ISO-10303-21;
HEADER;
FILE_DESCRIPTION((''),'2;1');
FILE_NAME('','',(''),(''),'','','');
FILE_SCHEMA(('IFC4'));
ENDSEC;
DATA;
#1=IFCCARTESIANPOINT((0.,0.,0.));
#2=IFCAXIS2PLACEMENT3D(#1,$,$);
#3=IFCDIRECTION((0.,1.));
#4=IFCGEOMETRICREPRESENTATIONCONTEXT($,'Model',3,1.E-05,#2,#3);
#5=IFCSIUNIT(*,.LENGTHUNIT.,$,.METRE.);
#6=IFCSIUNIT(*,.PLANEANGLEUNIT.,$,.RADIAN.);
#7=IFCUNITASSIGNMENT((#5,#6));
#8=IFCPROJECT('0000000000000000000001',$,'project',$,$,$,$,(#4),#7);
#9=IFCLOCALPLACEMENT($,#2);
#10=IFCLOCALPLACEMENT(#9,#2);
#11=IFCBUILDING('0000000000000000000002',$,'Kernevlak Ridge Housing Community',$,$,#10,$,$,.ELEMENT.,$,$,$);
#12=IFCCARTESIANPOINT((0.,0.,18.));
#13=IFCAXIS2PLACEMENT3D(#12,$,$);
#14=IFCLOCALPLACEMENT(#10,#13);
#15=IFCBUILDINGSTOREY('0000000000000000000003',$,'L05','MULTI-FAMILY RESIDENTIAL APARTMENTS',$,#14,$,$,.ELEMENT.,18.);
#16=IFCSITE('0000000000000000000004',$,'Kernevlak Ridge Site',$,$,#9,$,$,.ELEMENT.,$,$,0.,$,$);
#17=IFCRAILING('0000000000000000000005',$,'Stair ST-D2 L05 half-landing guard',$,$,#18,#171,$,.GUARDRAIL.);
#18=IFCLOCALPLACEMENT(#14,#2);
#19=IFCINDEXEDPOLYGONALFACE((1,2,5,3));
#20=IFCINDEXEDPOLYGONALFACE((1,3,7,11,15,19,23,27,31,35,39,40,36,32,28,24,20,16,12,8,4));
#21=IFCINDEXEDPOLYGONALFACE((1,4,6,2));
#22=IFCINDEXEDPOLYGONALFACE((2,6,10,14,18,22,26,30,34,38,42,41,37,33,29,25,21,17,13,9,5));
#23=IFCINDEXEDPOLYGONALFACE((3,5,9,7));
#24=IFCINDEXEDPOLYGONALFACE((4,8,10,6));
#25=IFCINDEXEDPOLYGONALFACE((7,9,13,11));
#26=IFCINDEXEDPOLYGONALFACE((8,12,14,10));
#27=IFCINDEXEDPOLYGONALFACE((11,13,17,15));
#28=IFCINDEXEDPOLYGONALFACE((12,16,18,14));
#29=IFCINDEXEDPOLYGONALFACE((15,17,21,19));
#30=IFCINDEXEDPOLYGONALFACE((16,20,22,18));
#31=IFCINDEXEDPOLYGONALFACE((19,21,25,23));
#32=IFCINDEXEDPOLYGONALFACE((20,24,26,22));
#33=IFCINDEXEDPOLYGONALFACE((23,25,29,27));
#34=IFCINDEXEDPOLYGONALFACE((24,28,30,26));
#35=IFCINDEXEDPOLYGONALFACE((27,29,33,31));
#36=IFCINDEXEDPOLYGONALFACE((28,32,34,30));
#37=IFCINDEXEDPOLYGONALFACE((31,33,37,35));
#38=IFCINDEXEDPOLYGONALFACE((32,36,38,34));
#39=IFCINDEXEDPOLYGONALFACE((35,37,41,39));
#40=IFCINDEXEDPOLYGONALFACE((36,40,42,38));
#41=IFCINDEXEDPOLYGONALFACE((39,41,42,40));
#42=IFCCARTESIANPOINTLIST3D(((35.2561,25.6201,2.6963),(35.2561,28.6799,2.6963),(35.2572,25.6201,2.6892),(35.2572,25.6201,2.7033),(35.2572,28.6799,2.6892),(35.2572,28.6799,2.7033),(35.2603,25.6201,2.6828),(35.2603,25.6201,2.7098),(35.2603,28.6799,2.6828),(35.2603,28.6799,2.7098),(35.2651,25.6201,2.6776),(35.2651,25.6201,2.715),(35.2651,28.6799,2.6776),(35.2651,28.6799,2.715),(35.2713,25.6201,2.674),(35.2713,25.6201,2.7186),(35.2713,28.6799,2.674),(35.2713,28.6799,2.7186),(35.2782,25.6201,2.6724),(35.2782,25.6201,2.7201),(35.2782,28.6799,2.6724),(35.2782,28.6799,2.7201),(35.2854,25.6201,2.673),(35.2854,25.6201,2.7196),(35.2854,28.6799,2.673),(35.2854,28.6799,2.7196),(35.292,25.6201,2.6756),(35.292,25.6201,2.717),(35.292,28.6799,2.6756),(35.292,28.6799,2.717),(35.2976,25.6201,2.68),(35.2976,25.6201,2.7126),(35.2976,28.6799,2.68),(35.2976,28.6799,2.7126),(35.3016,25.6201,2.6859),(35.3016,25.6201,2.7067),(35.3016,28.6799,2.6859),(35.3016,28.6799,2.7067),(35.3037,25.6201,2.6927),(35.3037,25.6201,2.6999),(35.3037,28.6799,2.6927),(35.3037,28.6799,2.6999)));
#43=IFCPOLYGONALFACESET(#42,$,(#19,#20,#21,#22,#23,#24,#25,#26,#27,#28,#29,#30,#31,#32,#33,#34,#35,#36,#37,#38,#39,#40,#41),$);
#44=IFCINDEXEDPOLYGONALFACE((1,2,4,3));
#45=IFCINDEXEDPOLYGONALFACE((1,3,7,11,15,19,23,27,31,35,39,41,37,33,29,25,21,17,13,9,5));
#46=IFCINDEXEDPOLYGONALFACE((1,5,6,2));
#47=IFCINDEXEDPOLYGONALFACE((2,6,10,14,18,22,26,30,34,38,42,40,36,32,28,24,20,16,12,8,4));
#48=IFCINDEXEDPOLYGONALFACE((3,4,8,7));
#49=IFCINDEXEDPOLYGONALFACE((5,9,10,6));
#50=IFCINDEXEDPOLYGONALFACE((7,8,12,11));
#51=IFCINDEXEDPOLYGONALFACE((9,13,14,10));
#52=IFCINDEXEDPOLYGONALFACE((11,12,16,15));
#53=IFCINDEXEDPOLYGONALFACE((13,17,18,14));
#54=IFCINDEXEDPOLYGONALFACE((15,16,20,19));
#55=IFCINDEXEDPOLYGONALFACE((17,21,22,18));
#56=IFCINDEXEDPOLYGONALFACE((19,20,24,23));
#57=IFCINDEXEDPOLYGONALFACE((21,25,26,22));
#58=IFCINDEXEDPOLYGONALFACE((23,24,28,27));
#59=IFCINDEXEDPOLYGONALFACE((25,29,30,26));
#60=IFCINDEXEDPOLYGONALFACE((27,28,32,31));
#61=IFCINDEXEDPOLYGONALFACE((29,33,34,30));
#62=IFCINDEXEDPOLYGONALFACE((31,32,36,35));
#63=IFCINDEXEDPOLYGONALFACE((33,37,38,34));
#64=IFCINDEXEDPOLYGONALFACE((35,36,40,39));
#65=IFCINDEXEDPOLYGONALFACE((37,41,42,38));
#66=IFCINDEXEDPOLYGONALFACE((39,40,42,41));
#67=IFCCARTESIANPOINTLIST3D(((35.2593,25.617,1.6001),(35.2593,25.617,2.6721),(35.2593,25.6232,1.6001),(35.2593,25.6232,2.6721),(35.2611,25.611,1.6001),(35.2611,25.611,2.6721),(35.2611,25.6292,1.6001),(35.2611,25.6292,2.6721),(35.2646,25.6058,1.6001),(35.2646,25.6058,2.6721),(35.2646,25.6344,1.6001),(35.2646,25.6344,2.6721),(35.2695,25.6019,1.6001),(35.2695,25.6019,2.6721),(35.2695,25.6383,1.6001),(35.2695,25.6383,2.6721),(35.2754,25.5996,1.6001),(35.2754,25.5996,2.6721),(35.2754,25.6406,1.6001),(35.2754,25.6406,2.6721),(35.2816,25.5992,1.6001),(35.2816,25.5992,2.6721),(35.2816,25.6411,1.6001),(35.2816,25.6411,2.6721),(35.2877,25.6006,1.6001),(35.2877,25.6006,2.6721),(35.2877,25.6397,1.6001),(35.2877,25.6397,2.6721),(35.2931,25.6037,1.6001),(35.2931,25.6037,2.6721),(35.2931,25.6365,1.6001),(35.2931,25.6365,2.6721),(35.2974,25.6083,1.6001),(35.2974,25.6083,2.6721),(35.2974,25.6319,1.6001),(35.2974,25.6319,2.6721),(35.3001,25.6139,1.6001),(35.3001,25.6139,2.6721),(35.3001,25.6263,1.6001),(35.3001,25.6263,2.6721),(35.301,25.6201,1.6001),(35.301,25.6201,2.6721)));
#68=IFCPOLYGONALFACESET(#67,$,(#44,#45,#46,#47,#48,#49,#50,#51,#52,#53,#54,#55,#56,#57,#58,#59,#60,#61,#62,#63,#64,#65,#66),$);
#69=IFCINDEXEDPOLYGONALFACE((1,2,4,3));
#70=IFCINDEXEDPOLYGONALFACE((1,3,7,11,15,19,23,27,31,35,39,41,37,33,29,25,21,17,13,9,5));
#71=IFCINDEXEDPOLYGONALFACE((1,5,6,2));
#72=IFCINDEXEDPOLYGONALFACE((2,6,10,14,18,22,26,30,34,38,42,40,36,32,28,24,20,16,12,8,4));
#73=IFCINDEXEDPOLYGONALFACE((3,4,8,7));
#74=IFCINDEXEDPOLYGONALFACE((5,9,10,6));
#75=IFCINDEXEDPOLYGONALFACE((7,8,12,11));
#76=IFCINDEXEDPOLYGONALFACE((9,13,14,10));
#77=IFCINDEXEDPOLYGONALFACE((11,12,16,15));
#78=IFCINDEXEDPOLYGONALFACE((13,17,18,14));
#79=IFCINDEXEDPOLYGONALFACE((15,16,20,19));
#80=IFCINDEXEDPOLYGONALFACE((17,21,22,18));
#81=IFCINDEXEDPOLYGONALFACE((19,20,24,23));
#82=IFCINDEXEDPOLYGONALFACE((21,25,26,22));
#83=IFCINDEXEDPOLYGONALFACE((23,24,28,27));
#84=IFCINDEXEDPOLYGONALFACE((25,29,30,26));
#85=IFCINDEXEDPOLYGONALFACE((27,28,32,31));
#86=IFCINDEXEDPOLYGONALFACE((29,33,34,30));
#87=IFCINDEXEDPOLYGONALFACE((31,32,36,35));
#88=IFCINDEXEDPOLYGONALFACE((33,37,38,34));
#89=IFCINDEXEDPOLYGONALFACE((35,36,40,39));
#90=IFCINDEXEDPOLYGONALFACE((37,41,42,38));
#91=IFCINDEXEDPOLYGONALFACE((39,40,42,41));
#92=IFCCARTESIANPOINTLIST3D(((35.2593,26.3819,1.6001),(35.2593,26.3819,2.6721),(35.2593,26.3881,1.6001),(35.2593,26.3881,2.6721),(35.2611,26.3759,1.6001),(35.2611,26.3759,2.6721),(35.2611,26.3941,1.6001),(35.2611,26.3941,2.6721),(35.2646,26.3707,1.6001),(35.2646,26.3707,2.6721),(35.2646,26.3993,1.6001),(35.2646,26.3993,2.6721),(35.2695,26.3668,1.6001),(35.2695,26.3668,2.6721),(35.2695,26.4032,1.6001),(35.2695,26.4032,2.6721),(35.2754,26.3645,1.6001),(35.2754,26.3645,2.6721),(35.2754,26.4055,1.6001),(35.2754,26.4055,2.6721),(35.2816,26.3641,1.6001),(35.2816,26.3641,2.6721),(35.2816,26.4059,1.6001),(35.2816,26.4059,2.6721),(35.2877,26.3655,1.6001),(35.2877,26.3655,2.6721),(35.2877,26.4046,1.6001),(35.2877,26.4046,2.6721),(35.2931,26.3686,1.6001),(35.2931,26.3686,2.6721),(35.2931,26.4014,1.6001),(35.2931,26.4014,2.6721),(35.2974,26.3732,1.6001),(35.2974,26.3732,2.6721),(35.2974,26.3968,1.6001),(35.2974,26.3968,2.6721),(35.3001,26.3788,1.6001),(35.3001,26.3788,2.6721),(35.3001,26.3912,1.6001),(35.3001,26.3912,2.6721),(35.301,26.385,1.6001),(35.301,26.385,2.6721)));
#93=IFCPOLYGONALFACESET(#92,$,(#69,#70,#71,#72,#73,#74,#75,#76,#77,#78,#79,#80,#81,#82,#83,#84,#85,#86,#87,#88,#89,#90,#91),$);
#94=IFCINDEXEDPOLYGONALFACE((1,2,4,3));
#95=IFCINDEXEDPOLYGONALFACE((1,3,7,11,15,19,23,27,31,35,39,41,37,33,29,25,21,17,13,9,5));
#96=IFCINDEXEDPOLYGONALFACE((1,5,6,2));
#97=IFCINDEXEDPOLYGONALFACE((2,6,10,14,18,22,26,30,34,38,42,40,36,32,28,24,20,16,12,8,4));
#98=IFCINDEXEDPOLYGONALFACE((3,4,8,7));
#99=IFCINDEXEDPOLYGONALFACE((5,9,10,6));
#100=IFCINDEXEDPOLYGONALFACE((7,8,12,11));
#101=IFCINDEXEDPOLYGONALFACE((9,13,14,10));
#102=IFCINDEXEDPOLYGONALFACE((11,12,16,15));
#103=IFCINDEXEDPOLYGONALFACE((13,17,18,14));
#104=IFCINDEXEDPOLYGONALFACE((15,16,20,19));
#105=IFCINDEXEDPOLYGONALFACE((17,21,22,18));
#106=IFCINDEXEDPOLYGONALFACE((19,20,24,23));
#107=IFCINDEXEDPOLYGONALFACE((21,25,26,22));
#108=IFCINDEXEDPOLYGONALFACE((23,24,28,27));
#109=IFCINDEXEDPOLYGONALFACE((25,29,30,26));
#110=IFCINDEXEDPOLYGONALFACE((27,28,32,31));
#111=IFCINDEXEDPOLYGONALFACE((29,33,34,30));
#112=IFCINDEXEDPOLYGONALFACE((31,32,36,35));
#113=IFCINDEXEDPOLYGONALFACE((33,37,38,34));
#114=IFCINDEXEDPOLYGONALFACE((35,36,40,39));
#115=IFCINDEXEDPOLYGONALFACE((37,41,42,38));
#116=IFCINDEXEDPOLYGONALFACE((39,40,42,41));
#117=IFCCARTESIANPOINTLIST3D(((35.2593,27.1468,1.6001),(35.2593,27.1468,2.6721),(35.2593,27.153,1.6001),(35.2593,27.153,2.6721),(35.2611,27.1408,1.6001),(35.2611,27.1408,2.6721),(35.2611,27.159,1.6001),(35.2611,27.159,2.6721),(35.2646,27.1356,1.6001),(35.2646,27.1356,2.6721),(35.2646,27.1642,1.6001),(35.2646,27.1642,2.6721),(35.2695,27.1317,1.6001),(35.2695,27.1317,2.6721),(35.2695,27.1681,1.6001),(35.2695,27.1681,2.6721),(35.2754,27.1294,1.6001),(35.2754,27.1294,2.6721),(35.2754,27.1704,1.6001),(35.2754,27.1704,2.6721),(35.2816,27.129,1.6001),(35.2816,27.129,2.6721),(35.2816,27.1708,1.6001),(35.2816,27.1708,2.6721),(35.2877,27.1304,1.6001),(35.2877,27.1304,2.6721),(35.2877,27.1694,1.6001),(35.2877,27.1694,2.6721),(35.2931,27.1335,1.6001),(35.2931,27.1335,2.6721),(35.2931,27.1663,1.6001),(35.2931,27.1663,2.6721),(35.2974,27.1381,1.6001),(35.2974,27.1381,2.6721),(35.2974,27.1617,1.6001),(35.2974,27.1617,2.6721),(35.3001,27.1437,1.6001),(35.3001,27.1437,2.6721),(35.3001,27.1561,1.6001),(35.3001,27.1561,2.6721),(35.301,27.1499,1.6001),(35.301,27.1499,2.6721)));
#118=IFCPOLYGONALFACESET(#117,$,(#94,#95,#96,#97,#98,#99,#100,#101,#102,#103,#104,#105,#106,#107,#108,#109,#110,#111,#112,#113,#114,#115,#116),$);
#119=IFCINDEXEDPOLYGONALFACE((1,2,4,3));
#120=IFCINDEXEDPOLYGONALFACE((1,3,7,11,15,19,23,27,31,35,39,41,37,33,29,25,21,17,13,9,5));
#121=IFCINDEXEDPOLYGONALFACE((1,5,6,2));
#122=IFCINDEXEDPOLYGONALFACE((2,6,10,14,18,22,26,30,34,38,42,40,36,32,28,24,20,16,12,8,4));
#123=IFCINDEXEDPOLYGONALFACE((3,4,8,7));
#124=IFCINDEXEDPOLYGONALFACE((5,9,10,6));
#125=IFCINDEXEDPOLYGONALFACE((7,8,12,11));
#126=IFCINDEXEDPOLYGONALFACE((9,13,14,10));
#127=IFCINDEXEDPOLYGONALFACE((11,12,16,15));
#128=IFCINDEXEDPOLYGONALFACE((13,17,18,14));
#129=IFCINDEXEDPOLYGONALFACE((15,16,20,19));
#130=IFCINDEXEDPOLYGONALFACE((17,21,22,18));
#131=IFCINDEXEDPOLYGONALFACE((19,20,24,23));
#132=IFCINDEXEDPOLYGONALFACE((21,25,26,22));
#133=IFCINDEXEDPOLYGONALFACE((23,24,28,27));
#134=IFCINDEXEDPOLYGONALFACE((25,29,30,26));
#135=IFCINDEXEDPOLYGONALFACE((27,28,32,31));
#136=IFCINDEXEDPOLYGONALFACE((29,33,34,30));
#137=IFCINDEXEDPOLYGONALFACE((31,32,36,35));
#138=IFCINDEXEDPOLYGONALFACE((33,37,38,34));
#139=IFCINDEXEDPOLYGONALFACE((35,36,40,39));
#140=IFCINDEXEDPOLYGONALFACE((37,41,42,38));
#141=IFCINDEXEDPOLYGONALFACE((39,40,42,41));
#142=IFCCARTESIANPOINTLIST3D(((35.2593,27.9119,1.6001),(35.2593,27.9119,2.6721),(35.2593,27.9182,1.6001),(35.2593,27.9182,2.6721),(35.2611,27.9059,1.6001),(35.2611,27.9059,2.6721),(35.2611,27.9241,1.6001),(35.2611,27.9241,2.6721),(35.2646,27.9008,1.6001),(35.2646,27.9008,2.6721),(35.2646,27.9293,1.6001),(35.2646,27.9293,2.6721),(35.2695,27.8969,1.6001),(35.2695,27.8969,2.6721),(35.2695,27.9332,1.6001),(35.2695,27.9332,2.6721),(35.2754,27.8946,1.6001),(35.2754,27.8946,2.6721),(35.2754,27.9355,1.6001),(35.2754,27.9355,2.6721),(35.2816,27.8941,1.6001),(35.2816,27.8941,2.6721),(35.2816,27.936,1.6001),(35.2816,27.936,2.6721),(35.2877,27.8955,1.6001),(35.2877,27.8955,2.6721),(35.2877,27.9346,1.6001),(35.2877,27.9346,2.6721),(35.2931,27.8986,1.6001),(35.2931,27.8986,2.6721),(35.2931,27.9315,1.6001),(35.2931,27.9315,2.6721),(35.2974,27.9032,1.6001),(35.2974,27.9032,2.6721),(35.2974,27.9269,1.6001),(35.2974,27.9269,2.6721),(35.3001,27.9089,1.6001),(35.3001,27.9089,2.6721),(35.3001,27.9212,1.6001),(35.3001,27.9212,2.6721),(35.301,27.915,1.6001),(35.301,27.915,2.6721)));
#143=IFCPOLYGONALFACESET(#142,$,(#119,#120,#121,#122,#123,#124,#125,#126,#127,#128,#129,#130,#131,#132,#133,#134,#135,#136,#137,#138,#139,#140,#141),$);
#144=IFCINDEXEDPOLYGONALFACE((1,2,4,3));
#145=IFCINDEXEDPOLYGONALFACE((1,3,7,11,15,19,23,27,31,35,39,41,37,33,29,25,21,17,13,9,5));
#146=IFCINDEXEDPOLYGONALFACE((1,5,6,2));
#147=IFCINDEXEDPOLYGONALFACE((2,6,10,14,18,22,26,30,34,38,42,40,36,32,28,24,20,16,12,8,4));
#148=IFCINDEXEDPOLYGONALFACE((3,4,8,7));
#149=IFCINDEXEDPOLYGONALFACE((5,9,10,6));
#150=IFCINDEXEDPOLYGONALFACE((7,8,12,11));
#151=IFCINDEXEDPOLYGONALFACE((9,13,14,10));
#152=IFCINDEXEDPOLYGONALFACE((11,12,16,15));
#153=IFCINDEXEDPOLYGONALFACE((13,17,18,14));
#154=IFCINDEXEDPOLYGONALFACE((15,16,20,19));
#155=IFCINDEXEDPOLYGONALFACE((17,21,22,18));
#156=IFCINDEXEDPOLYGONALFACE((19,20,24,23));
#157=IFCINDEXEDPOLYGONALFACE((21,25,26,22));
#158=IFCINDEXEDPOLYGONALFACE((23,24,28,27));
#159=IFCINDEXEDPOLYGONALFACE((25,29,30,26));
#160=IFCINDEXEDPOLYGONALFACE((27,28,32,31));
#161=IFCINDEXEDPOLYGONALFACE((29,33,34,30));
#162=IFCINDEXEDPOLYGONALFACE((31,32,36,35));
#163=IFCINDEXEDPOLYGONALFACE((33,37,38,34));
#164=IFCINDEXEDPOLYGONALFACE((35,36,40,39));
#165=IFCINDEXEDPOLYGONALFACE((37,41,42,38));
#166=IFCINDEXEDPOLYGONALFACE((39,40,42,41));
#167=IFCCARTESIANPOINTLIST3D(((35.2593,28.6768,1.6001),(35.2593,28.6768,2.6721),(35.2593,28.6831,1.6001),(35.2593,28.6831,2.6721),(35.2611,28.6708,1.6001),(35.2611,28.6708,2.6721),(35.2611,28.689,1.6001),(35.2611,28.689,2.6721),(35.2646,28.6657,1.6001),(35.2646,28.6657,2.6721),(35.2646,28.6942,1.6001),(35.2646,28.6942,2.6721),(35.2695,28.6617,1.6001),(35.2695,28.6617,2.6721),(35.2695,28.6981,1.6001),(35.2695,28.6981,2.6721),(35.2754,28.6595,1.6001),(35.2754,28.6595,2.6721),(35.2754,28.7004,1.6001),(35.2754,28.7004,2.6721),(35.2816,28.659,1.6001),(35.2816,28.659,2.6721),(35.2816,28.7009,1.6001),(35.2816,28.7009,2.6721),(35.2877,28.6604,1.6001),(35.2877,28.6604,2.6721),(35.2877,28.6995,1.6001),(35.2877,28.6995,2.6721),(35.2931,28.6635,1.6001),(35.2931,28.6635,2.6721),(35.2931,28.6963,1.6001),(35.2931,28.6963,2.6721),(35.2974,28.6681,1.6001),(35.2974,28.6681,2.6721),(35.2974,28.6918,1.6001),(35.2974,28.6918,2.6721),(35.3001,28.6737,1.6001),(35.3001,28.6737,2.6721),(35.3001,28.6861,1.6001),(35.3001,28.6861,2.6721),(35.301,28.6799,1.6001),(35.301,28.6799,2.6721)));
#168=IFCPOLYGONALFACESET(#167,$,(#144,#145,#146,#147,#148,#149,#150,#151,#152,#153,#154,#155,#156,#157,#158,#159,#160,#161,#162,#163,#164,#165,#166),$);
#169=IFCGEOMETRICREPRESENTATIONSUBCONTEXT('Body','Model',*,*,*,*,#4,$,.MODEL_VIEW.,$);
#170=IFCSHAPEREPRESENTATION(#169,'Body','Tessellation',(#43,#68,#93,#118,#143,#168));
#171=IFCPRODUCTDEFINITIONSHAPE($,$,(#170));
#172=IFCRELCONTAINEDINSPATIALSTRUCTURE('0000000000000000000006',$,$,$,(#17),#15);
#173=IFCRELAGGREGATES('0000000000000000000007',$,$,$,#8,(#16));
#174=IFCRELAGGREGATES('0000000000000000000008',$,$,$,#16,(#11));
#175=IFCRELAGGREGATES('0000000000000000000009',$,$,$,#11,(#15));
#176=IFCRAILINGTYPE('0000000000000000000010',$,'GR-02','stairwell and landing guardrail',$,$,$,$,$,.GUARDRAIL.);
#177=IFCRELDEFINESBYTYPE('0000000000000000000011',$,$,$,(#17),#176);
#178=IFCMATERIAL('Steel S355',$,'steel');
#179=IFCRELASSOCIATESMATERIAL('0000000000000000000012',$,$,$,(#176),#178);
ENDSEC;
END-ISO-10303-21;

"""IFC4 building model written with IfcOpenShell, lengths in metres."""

from ifc_helpers import new_model, si_unit, direction, frame, origin, origin_2d, place, context, subcontext, project, spatial, circle, extrude, material, type_object, element, save


model = new_model("IFC4")

# Units and contexts
model_context = context("Model", 3, precision=1e-05, world=origin(), true_north=direction((0.0, 1.0)))
body_context = subcontext(model_context, "Body", "Model", "MODEL_VIEW")
ifc_project = project(units=[si_unit("LENGTHUNIT", "METRE"), si_unit("PLANEANGLEUNIT", "RADIAN")], contexts=[model_context])

# Site, building, storey
site_placement = place(None, origin())
site = spatial("IfcSite", under=ifc_project, at=site_placement, Name="Kernevlak Ridge Site", CompositionType="ELEMENT", RefElevation=0.0)
building_placement = place(site_placement, origin())
building = spatial("IfcBuilding", under=site, at=building_placement, Name="Kernevlak Ridge Housing Community", CompositionType="ELEMENT")
storey_placement = place(building_placement, frame((0.0, 0.0, 18.0)))
storey = spatial("IfcBuildingStorey", under=building, at=storey_placement, Name="L05", Description="MULTI-FAMILY RESIDENTIAL APARTMENTS", CompositionType="ELEMENT", Elevation=18.0)

# Railing
ifc_material_1 = material(Name="Steel S355", Category="steel")
railing_type_1 = type_object("IfcRailingType", Name="GR-02", Description="stairwell and landing guardrail", PredefinedType="GUARDRAIL", material=ifc_material_1)
railing_1_placement = place(storey_placement, frame((35.28, 25.6201, 1.6001)))
element("IfcRailing", 1, at=railing_1_placement, inside=storey, type_object=railing_type_1, Name="Stair ST-D2 L05 half-landing guard", PredefinedType="GUARDRAIL", context=body_context, shape_type="SweptSolid", body=[
    extrude(circle(Radius=0.0239, at=origin_2d()), frame((0.0, 0.0, 1.0962), z_axis=(0.0, 1.0, 0.0), x_axis=(-1.0, 0.0, 0.0)), (0.0, 0.0, 1.0), 3.0598),
    extrude(circle(Radius=0.021, at=origin_2d()), origin(), (0.0, 0.0, 1.0), 1.072),
    extrude(circle(Radius=0.021, at=origin_2d()), frame((0.0, 0.7649, 0.0)), (0.0, 0.0, 1.0), 1.072),
    extrude(circle(Radius=0.021, at=origin_2d()), frame((0.0, 1.5298, 0.0)), (0.0, 0.0, 1.0), 1.072),
    extrude(circle(Radius=0.021, at=origin_2d()), frame((0.0, 2.2949, 0.0)), (0.0, 0.0, 1.0), 1.072),
    extrude(circle(Radius=0.021, at=origin_2d()), frame((0.0, 3.0598, 0.0)), (0.0, 0.0, 1.0), 1.072),
])

save(model, "model.ifc")
